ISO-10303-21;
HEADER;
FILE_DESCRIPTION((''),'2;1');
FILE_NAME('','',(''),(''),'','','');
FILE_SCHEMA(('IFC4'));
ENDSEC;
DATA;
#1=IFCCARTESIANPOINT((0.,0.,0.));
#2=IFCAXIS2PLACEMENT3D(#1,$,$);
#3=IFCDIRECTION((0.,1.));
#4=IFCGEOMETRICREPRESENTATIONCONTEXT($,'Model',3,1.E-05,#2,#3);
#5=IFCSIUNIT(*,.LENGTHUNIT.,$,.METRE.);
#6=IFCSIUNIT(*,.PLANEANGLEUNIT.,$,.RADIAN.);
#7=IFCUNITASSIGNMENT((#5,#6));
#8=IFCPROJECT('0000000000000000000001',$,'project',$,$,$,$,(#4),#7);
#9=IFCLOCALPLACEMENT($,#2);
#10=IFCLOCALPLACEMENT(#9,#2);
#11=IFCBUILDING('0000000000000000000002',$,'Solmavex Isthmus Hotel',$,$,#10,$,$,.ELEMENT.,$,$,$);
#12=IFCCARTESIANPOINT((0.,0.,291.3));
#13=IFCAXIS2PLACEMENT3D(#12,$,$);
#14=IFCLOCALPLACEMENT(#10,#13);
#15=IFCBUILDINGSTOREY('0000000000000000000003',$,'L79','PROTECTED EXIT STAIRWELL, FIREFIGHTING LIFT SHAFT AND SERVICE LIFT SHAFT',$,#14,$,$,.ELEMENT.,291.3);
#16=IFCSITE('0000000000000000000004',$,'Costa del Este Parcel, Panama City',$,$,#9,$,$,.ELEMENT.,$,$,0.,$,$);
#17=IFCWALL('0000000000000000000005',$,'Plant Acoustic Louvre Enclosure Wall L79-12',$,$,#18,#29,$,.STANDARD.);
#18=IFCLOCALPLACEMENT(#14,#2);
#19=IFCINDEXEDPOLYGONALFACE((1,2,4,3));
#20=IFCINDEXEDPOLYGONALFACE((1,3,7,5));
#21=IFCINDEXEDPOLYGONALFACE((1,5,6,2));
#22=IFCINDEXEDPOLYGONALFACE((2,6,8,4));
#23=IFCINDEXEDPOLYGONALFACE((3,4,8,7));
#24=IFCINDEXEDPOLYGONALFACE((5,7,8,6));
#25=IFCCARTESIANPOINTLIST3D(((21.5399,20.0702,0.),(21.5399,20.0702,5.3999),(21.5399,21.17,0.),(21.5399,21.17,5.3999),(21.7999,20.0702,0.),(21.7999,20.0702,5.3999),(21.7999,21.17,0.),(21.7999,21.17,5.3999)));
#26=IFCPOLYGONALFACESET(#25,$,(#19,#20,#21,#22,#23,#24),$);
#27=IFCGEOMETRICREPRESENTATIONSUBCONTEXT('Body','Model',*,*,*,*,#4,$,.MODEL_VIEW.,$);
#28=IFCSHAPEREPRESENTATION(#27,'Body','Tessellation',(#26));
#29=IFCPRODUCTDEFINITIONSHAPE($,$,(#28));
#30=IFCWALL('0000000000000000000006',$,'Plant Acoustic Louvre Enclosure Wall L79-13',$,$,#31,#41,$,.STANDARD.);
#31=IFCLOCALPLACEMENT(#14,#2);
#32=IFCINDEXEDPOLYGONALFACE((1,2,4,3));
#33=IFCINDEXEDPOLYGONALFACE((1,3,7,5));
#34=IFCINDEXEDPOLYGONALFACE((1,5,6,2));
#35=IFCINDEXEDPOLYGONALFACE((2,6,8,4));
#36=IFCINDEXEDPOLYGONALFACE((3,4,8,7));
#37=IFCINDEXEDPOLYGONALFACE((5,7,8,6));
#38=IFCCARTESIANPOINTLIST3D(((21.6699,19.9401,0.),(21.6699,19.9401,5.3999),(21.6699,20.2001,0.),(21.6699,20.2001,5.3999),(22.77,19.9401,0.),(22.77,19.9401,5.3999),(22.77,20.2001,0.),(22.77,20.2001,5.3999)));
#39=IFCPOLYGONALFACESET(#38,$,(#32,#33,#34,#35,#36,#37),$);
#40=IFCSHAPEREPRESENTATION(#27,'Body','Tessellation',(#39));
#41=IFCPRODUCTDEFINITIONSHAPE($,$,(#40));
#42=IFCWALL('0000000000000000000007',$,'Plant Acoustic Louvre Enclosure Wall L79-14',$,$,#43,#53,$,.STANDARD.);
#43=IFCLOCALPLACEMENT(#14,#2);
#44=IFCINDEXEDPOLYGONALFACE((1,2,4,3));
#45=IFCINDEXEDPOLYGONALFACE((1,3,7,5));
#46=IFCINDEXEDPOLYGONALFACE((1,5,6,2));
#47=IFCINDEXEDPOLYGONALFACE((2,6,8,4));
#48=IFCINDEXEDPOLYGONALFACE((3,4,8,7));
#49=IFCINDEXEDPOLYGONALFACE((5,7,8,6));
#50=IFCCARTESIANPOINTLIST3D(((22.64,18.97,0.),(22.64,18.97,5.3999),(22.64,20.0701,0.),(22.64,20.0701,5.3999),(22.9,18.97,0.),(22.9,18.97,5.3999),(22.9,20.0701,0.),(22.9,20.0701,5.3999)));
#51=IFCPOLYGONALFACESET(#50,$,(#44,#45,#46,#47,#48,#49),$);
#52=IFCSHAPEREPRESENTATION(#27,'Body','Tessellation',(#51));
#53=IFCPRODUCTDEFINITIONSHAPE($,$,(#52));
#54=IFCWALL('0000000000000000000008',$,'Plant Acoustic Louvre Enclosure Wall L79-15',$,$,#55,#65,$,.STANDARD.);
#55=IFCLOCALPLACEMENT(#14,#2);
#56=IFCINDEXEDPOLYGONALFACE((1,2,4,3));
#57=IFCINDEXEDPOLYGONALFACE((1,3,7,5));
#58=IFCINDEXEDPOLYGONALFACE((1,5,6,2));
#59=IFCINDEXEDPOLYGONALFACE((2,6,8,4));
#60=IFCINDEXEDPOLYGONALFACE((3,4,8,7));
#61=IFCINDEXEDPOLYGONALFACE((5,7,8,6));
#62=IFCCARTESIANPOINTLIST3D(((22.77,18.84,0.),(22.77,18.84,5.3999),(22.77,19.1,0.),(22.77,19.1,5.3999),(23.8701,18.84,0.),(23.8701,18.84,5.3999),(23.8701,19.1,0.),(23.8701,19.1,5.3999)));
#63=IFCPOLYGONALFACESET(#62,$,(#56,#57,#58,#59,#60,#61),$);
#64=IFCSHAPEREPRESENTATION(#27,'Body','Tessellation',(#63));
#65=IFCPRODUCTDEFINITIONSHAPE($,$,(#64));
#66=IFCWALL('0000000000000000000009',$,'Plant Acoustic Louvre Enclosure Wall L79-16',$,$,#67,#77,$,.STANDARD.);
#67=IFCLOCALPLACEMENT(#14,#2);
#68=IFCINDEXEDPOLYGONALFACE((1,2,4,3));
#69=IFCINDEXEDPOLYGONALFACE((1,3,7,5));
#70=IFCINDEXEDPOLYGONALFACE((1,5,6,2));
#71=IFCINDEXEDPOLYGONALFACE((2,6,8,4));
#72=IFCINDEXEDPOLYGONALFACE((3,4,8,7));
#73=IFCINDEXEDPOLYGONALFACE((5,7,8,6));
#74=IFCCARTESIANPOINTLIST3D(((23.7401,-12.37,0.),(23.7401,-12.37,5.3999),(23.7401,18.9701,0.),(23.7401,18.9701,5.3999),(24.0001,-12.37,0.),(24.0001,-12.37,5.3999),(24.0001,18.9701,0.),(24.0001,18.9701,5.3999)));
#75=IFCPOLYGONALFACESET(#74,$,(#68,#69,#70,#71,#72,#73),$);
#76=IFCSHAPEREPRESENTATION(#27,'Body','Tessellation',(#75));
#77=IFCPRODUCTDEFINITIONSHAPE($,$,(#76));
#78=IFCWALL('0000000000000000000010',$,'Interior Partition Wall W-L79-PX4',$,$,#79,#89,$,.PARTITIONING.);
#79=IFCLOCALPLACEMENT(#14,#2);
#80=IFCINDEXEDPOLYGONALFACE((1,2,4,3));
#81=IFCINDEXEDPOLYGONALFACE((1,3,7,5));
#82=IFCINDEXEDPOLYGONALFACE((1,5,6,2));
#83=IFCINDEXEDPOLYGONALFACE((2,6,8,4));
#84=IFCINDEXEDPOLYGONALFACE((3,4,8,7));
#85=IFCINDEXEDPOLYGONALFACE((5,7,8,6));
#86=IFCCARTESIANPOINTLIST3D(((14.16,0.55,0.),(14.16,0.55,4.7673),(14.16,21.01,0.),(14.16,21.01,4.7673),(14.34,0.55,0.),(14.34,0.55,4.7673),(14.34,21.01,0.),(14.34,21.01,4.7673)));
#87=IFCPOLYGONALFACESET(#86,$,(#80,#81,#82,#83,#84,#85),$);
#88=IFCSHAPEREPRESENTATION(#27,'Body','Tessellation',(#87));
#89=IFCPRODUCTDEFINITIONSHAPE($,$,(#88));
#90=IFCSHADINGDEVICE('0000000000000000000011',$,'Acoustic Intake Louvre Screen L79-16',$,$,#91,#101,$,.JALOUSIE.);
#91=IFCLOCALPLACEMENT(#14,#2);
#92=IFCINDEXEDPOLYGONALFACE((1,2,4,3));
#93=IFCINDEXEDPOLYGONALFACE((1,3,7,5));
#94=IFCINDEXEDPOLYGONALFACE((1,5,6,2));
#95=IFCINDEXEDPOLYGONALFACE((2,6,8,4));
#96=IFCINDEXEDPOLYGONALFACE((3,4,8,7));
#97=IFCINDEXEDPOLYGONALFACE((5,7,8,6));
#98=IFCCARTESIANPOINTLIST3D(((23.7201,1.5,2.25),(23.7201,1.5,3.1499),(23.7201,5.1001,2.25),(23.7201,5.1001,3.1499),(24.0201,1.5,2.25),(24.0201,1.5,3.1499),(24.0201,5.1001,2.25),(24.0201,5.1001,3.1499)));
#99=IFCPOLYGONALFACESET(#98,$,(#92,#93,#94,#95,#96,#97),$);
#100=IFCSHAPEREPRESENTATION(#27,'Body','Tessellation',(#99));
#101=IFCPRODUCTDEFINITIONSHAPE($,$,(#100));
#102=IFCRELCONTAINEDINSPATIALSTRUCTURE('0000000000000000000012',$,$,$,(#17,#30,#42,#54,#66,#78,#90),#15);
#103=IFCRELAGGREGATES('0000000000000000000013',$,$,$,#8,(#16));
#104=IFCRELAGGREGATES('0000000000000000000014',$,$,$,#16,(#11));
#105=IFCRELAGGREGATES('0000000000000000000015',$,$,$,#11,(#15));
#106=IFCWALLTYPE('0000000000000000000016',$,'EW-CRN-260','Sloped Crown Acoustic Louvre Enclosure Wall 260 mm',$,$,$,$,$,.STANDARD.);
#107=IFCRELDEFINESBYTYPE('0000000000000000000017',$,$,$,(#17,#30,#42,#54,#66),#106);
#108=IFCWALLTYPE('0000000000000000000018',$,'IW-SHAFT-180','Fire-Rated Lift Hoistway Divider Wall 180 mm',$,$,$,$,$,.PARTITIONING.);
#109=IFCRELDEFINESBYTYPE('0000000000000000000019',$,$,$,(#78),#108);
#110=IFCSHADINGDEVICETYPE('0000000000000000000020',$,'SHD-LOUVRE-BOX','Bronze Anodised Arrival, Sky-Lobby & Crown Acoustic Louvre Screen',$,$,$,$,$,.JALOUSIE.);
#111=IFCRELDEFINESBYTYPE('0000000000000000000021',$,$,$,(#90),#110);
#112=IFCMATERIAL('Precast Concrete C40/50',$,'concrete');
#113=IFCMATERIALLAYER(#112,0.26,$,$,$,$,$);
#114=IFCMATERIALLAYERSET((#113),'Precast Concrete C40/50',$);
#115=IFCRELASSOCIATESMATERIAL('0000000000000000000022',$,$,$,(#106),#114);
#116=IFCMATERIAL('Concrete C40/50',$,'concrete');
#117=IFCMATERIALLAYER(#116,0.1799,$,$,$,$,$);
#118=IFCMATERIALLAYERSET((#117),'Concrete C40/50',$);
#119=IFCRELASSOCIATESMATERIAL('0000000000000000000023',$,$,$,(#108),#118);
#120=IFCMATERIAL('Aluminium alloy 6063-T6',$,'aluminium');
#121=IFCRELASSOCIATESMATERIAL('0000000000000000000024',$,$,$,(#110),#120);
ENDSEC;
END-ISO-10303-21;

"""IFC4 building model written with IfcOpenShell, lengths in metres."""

from ifc_helpers import new_model, si_unit, direction, frame, frame_2d, origin, origin_2d, place, context, subcontext, project, spatial, rectangle, extrude, material, layer, layer_set, type_object, element, save


model = new_model("IFC4")

# Units and contexts
model_context = context("Model", 3, precision=1e-05, world=origin(), true_north=direction((0.0, 1.0)))
body_context = subcontext(model_context, "Body", "Model", "MODEL_VIEW")
ifc_project = project(units=[si_unit("LENGTHUNIT", "METRE"), si_unit("PLANEANGLEUNIT", "RADIAN")], contexts=[model_context])

# Site, building, storey
site_placement = place(None, origin())
site = spatial("IfcSite", under=ifc_project, at=site_placement, Name="Costa del Este Parcel, Panama City", CompositionType="ELEMENT", RefElevation=0.0)
building_placement = place(site_placement, origin())
building = spatial("IfcBuilding", under=site, at=building_placement, Name="Solmavex Isthmus Hotel", CompositionType="ELEMENT")
storey_placement = place(building_placement, frame((0.0, 0.0, 291.3)))
storey = spatial("IfcBuildingStorey", under=building, at=storey_placement, Name="L79", Description="PROTECTED EXIT STAIRWELL, FIREFIGHTING LIFT SHAFT AND SERVICE LIFT SHAFT", CompositionType="ELEMENT", Elevation=291.3)

# Walls
ifc_material_1 = material(Name="Precast Concrete C40/50", Category="concrete")
ifc_layer_1 = layer(ifc_material_1, 0.26)
ifc_layer_set_1 = layer_set([ifc_layer_1], Name="Precast Concrete C40/50")
wall_type_1 = type_object("IfcWallType", Name="EW-CRN-260", Description="Sloped Crown Acoustic Louvre Enclosure Wall 260 mm", PredefinedType="STANDARD", material=ifc_layer_set_1)
wall_1_placement = place(storey_placement, frame((21.6699, 21.1699, 0.0), z_axis=(0.0, 0.0, 1.0), x_axis=(0.0, -1.0, 0.0)))
element("IfcWall", 1, at=wall_1_placement, inside=storey, type_object=wall_type_1, Name="Plant Acoustic Louvre Enclosure Wall L79-12", PredefinedType="STANDARD", context=body_context, shape_type="SweptSolid", body=[
    extrude(rectangle(XDim=1.0999, YDim=0.26, at=frame_2d((0.5498, 0.0))), origin(), (0.0, 0.0, 1.0), 5.3999),
])
for number, where, z_axis, x_axis, name in (
    (2, (21.6699, 20.0701, 0.0), (0.0, 0.0, 1.0), (1.0, 0.0, 0.0), "Plant Acoustic Louvre Enclosure Wall L79-13"),
    (3, (22.77, 20.0701, 0.0), (0.0, 0.0, 1.0), (0.0, -1.0, 0.0), "Plant Acoustic Louvre Enclosure Wall L79-14"),
    (4, (22.77, 18.97, 0.0), (0.0, 0.0, 1.0), (1.0, 0.0, 0.0), "Plant Acoustic Louvre Enclosure Wall L79-15"),
):
    element("IfcWall", number, at=place(storey_placement, frame(where, z_axis=z_axis, x_axis=x_axis)), inside=storey, type_object=wall_type_1, Name=name, PredefinedType="STANDARD", context=body_context, shape_type="SweptSolid", body=[
        extrude(rectangle(XDim=1.1001, YDim=0.26, at=frame_2d((0.55, 0.0))), origin(), (0.0, 0.0, 1.0), 5.3999),
    ])
wall_2_placement = place(storey_placement, frame((23.8701, 18.97, 0.0), z_axis=(0.0, 0.0, 1.0), x_axis=(0.0, -1.0, 0.0)))
element("IfcWall", 5, at=wall_2_placement, inside=storey, type_object=wall_type_1, Name="Plant Acoustic Louvre Enclosure Wall L79-16", PredefinedType="STANDARD", context=body_context, shape_type="SweptSolid", body=[
    extrude(rectangle(XDim=31.3401, YDim=0.26, at=frame_2d((15.6699, 0.0))), origin(), (0.0, 0.0, 1.0), 5.3999),
])
ifc_material_2 = material(Name="Concrete C40/50", Category="concrete")
ifc_layer_2 = layer(ifc_material_2, 0.1799)
ifc_layer_set_2 = layer_set([ifc_layer_2], Name="Concrete C40/50")
wall_type_2 = type_object("IfcWallType", Name="IW-SHAFT-180", Description="Fire-Rated Lift Hoistway Divider Wall 180 mm", PredefinedType="PARTITIONING", material=ifc_layer_set_2)
wall_3_placement = place(storey_placement, frame((14.25, 0.55, 0.0), z_axis=(0.0, 0.0, 1.0), x_axis=(0.0, 1.0, 0.0)))
element("IfcWall", 6, at=wall_3_placement, inside=storey, type_object=wall_type_2, Name="Interior Partition Wall W-L79-PX4", PredefinedType="PARTITIONING", context=body_context, shape_type="SweptSolid", body=[
    extrude(rectangle(XDim=20.46, YDim=0.1799, at=frame_2d((10.23, 0.0))), origin(), (0.0, 0.0, 1.0), 4.7673),
])

# Shading device
ifc_material_3 = material(Name="Aluminium alloy 6063-T6", Category="aluminium")
shading_device_type = type_object("IfcShadingDeviceType", Name="SHD-LOUVRE-BOX", Description="Bronze Anodised Arrival, Sky-Lobby & Crown Acoustic Louvre Screen", PredefinedType="JALOUSIE", material=ifc_material_3)
shading_device_placement = place(storey_placement, frame((23.8701, 3.3, 2.25), z_axis=(0.0, 0.0, 1.0), x_axis=(0.0, -1.0, 0.0)))
element("IfcShadingDevice", 7, at=shading_device_placement, inside=storey, type_object=shading_device_type, Name="Acoustic Intake Louvre Screen L79-16", PredefinedType="JALOUSIE", context=body_context, shape_type="SweptSolid", body=[
    extrude(rectangle(XDim=3.6001, YDim=0.3, at=origin_2d()), origin(), (0.0, 0.0, 1.0), 0.8999),
])

save(model, "model.ifc")
